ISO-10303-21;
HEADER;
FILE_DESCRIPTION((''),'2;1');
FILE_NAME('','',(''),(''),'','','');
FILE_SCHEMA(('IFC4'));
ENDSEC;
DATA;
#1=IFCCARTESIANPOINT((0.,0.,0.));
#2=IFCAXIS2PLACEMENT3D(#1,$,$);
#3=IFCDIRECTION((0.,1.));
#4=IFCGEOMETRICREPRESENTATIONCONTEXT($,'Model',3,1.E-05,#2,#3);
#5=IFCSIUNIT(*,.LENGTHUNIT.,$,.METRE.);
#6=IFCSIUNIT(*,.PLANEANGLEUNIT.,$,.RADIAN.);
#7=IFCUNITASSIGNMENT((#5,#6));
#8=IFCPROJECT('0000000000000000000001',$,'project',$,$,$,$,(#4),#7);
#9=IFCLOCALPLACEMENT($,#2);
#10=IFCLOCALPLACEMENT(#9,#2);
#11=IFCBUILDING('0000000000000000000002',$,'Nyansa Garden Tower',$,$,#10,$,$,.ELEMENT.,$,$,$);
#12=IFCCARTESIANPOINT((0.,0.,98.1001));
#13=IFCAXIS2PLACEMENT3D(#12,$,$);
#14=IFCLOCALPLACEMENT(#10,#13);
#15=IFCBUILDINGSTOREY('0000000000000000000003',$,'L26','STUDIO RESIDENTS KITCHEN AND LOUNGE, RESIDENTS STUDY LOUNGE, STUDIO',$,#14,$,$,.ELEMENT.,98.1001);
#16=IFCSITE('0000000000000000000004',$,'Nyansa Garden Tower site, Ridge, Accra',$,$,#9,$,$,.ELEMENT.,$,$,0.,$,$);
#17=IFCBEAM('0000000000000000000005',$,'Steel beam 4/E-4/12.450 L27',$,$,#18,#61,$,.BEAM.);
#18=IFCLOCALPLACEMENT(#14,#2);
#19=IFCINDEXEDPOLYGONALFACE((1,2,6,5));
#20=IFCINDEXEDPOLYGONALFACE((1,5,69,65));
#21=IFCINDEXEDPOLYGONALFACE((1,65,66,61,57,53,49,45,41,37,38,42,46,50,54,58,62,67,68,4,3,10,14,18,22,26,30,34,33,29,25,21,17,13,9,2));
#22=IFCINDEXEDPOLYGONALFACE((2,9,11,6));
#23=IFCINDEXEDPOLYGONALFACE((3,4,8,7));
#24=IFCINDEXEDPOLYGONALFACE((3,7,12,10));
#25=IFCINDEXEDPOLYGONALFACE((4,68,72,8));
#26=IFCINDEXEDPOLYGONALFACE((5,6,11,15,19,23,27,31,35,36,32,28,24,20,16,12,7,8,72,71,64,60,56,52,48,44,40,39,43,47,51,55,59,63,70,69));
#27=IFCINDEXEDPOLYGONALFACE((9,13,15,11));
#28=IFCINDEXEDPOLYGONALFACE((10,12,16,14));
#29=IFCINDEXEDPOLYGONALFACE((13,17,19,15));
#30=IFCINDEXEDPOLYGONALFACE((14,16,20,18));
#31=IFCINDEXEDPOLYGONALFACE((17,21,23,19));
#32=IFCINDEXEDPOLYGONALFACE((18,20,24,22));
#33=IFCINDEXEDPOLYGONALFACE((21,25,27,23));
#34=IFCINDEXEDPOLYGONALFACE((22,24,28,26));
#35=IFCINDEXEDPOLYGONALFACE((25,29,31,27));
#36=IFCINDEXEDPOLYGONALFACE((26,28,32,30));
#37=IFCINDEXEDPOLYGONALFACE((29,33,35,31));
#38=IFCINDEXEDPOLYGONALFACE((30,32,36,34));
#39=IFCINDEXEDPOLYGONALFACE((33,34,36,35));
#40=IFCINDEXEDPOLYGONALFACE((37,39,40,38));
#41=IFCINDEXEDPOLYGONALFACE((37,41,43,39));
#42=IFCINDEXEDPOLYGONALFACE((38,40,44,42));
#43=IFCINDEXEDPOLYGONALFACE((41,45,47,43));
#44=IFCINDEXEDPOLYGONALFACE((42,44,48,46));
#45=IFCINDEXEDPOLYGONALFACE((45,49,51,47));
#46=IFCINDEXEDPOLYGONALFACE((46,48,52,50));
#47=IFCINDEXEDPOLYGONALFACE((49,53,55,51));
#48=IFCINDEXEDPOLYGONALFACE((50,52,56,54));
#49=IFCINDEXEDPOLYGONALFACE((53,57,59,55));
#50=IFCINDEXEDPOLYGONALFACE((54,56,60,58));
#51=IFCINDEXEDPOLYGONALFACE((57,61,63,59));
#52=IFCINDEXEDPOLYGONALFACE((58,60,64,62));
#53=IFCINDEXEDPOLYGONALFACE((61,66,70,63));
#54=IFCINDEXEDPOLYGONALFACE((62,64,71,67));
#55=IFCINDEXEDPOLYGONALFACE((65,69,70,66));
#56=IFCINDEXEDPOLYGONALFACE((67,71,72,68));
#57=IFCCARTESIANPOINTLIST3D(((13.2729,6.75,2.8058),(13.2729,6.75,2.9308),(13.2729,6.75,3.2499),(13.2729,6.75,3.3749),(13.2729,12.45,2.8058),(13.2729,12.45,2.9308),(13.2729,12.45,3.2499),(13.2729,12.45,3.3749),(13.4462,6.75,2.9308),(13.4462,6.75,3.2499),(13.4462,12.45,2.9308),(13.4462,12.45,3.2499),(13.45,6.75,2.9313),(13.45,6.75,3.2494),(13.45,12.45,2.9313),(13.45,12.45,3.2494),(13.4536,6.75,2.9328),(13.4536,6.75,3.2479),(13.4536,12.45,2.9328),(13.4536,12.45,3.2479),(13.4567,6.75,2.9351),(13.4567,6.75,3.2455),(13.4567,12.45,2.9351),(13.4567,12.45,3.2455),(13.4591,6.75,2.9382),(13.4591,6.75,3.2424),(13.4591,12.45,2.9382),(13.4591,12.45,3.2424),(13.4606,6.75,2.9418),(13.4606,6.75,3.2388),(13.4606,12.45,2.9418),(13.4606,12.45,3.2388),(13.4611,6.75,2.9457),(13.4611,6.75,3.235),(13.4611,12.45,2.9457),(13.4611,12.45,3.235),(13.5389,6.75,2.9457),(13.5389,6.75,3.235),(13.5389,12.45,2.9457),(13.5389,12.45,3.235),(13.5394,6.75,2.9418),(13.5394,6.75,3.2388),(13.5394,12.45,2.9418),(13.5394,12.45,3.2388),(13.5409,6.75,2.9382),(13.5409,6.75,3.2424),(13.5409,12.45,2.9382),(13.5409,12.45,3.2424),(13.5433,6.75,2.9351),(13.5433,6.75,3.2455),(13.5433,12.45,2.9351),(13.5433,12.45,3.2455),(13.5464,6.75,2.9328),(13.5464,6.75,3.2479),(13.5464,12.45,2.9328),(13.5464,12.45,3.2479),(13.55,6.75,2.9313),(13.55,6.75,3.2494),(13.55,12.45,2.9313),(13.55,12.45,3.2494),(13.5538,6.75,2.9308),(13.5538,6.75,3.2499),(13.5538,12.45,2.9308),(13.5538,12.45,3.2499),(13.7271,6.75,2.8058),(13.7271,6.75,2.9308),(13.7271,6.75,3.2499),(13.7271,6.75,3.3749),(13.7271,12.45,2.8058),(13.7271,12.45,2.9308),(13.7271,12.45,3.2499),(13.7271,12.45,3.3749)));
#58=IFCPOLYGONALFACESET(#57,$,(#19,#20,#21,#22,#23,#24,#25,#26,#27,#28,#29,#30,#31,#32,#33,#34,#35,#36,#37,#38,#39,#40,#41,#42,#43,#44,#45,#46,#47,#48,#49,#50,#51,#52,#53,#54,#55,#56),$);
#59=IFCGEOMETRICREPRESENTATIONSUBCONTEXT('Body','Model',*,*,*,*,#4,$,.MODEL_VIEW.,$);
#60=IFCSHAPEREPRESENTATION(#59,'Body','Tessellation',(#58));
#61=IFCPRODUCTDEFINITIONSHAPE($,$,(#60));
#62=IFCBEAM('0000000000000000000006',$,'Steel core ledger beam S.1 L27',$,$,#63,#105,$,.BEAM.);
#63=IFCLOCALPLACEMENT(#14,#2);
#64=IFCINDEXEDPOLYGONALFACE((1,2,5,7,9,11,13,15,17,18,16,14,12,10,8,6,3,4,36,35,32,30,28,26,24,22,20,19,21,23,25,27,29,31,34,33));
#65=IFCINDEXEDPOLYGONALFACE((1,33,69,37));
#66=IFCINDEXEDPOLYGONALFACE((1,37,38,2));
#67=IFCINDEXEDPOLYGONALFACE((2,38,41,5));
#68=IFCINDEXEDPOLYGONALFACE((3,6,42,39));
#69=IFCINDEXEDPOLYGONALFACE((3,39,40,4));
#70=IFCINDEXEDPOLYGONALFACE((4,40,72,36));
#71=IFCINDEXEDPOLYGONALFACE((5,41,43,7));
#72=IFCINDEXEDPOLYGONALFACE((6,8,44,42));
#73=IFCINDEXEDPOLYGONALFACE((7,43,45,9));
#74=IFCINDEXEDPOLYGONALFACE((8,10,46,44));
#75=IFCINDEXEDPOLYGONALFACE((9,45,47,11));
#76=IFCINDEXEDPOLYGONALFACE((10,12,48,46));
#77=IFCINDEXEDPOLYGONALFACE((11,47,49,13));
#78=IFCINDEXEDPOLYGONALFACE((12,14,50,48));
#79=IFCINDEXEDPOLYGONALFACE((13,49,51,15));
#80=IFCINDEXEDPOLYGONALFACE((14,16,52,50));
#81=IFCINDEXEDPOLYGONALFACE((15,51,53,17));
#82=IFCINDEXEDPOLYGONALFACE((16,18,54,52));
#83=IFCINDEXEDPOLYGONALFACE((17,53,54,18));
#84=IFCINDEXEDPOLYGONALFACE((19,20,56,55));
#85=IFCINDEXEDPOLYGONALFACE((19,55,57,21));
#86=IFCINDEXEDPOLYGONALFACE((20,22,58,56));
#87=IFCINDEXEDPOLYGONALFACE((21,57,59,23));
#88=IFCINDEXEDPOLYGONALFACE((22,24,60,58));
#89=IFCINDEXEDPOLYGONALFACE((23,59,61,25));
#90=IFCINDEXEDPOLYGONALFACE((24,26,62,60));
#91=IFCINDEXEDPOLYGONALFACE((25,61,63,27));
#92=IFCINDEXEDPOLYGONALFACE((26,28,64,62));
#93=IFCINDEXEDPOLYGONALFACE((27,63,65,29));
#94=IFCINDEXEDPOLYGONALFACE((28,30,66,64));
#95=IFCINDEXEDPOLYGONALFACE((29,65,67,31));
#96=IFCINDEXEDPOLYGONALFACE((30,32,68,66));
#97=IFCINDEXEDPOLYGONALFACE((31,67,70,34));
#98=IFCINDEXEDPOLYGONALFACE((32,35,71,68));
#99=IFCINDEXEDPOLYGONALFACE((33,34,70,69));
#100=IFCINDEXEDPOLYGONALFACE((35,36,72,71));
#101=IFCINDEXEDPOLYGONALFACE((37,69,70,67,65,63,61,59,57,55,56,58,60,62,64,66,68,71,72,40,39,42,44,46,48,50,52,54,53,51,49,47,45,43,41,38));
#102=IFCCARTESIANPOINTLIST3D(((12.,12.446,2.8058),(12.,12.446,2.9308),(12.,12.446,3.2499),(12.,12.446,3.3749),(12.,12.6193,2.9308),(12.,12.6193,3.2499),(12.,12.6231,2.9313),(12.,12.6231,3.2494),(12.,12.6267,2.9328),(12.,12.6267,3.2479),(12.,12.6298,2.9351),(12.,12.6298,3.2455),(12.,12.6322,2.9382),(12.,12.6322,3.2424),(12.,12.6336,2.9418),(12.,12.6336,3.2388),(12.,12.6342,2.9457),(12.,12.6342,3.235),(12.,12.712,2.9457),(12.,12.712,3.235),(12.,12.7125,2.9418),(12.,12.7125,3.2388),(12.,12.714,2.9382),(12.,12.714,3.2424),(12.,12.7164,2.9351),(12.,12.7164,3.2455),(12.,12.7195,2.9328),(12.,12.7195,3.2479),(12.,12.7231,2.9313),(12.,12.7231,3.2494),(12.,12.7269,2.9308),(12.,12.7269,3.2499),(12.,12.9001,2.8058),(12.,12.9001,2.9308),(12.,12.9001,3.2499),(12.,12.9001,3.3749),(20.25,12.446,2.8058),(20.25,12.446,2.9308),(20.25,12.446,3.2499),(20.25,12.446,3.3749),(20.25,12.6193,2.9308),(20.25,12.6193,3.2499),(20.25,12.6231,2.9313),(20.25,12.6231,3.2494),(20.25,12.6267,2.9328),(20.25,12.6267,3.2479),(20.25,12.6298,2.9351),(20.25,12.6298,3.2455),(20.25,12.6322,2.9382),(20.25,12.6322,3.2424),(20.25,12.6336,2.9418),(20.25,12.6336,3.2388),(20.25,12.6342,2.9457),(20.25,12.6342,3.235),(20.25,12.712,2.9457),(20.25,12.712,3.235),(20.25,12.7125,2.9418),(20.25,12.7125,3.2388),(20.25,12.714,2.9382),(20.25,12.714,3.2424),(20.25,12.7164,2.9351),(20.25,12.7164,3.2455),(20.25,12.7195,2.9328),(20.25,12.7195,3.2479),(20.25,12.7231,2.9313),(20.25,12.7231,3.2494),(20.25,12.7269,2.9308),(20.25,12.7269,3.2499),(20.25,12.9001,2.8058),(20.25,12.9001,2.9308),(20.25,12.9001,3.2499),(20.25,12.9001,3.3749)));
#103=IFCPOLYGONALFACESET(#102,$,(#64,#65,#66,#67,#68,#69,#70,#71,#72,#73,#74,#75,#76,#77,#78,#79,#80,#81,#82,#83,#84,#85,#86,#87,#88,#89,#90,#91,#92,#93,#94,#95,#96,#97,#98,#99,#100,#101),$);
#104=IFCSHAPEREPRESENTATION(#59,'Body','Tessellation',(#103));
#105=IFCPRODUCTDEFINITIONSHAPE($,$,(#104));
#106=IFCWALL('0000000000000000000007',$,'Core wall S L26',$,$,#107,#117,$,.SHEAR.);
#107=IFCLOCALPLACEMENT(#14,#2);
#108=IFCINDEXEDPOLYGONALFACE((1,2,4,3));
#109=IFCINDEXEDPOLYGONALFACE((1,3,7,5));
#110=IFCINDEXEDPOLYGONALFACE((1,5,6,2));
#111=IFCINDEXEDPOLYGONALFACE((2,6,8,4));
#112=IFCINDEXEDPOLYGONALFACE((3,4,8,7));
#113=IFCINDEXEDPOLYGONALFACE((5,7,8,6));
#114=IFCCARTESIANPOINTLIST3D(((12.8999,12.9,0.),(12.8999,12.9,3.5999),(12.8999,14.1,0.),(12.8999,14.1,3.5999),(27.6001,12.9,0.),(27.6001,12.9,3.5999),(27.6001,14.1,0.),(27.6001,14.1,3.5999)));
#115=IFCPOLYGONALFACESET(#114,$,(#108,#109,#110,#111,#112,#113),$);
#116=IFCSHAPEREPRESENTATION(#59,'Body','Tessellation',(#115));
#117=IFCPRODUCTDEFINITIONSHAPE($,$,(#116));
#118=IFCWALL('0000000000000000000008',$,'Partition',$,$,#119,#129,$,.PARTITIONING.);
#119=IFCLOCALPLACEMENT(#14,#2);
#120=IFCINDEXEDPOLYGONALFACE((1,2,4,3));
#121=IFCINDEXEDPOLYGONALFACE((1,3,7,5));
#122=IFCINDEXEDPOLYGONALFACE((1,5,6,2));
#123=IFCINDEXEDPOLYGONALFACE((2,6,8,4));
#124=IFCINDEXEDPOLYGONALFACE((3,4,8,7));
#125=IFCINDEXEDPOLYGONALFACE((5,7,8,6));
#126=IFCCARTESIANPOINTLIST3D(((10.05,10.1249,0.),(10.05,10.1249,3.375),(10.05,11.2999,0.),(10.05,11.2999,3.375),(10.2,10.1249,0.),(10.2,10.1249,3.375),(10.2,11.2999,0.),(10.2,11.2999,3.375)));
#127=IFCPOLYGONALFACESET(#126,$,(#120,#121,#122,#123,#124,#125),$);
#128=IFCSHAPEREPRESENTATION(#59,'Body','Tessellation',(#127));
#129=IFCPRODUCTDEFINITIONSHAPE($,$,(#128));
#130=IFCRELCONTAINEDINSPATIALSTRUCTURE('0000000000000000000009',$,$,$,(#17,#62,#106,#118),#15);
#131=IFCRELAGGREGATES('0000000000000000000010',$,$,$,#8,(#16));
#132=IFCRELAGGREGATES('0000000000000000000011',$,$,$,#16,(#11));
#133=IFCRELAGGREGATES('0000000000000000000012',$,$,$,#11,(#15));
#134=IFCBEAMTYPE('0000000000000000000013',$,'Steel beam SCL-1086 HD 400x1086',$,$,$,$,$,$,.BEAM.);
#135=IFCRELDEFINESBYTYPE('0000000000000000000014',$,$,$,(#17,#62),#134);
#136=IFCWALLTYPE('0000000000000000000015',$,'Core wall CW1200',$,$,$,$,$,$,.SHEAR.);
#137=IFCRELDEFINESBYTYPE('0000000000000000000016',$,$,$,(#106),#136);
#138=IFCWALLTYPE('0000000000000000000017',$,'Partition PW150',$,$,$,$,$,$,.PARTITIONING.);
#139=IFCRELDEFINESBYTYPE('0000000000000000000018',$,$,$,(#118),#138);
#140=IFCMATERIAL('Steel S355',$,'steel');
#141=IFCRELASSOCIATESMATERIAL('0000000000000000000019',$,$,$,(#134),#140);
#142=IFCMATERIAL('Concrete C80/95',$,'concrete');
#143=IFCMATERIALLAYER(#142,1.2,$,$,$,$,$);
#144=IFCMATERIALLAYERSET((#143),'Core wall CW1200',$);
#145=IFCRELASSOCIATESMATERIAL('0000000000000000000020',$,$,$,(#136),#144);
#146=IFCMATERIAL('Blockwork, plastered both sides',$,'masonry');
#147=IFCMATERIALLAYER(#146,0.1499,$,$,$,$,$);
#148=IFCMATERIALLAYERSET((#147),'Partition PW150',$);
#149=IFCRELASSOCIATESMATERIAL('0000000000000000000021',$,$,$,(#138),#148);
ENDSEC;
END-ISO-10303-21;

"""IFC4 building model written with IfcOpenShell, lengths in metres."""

from ifc_helpers import new_model, si_unit, direction, frame, frame_2d, origin, origin_2d, place, context, subcontext, project, spatial, rectangle, i_section, extrude, material, layer, layer_set, material_profile, profile_set, type_object, element, save


model = new_model("IFC4")

# Units and contexts
model_context = context("Model", 3, precision=1e-05, world=origin(), true_north=direction((0.0, 1.0)))
body_context = subcontext(model_context, "Body", "Model", "MODEL_VIEW")
ifc_project = project(units=[si_unit("LENGTHUNIT", "METRE"), si_unit("PLANEANGLEUNIT", "RADIAN")], contexts=[model_context])

# Site, building, storey
site_placement = place(None, origin())
site = spatial("IfcSite", under=ifc_project, at=site_placement, Name="Nyansa Garden Tower site, Ridge, Accra", CompositionType="ELEMENT", RefElevation=0.0)
building_placement = place(site_placement, origin())
building = spatial("IfcBuilding", under=site, at=building_placement, Name="Nyansa Garden Tower", CompositionType="ELEMENT")
storey_placement = place(building_placement, frame((0.0, 0.0, 98.1001)))
storey = spatial("IfcBuildingStorey", under=building, at=storey_placement, Name="L26", Description="STUDIO RESIDENTS KITCHEN AND LOUNGE, RESIDENTS STUDY LOUNGE, STUDIO", CompositionType="ELEMENT", Elevation=98.1001)

# Beams
ifc_material_1 = material(Name="Steel S355", Category="steel")
ifc_material_profile_1 = material_profile(ifc_material_1, i_section(OverallWidth=0.4541, OverallDepth=0.5691, WebThickness=0.0779, FlangeThickness=0.125, FilletRadius=0.0149, at=origin_2d()), Name="HD 400x1086")
ifc_profile_set_1 = profile_set([ifc_material_profile_1], Name="Steel S355")
beam_type_1 = type_object("IfcBeamType", Name="Steel beam SCL-1086 HD 400x1086", PredefinedType="BEAM", material=ifc_profile_set_1)
for number, where, z_axis, x_axis, name in (
    (1, (13.5, 6.75, 3.0903), (0.0, 1.0, 0.0), (-1.0, 0.0, 0.0), "Steel beam 4/E-4/12.450 L27"),
):
    element("IfcBeam", number, at=place(storey_placement, frame(where, z_axis=z_axis, x_axis=x_axis)), inside=storey, type_object=beam_type_1, Name=name, PredefinedType="BEAM", context=body_context, shape_type="SweptSolid", body=[
        extrude(i_section(OverallWidth=0.4541, OverallDepth=0.5691, WebThickness=0.0779, FlangeThickness=0.125, FilletRadius=0.0149, at=origin_2d()), origin(), (0.0, 0.0, 1.0), 5.7),
    ])
beam_1_placement = place(storey_placement, frame((12.0, 12.6731, 3.0903), z_axis=(1.0, 0.0, 0.0), x_axis=(0.0, 1.0, 0.0)))
element("IfcBeam", 2, at=beam_1_placement, inside=storey, type_object=beam_type_1, Name="Steel core ledger beam S.1 L27", PredefinedType="BEAM", context=body_context, shape_type="SweptSolid", body=[
    extrude(i_section(OverallWidth=0.4541, OverallDepth=0.5691, WebThickness=0.0779, FlangeThickness=0.125, FilletRadius=0.0149, at=origin_2d()), origin(), (0.0, 0.0, 1.0), 8.25),
])

# Walls
ifc_material_2 = material(Name="Concrete C80/95", Category="concrete")
ifc_layer_1 = layer(ifc_material_2, 1.2)
ifc_layer_set_1 = layer_set([ifc_layer_1], Name="Core wall CW1200")
wall_type_1 = type_object("IfcWallType", Name="Core wall CW1200", PredefinedType="SHEAR", material=ifc_layer_set_1)
wall_1_placement = place(storey_placement, frame((12.8999, 13.5, 0.0), z_axis=(0.0, 0.0, 1.0), x_axis=(1.0, 0.0, 0.0)))
element("IfcWall", 3, at=wall_1_placement, inside=storey, type_object=wall_type_1, Name="Core wall S L26", PredefinedType="SHEAR", context=body_context, shape_type="SweptSolid", body=[
    extrude(rectangle(XDim=14.7002, YDim=1.2, at=frame_2d((7.3501, 0.0))), origin(), (0.0, 0.0, 1.0), 3.5999),
])
ifc_material_3 = material(Name="Blockwork, plastered both sides", Category="masonry")
ifc_layer_2 = layer(ifc_material_3, 0.1499)
ifc_layer_set_2 = layer_set([ifc_layer_2], Name="Partition PW150")
wall_type_2 = type_object("IfcWallType", Name="Partition PW150", PredefinedType="PARTITIONING", material=ifc_layer_set_2)
wall_2_placement = place(storey_placement, frame((10.125, 10.125, 0.0), z_axis=(0.0, 0.0, 1.0), x_axis=(0.0, 1.0, 0.0)))
element("IfcWall", 4, at=wall_2_placement, inside=storey, type_object=wall_type_2, Name="Partition", PredefinedType="PARTITIONING", context=body_context, shape_type="SweptSolid", body=[
    extrude(rectangle(XDim=1.175, YDim=0.1499, at=frame_2d((0.5874, 0.0))), origin(), (0.0, 0.0, 1.0), 3.375),
])

save(model, "model.ifc")
